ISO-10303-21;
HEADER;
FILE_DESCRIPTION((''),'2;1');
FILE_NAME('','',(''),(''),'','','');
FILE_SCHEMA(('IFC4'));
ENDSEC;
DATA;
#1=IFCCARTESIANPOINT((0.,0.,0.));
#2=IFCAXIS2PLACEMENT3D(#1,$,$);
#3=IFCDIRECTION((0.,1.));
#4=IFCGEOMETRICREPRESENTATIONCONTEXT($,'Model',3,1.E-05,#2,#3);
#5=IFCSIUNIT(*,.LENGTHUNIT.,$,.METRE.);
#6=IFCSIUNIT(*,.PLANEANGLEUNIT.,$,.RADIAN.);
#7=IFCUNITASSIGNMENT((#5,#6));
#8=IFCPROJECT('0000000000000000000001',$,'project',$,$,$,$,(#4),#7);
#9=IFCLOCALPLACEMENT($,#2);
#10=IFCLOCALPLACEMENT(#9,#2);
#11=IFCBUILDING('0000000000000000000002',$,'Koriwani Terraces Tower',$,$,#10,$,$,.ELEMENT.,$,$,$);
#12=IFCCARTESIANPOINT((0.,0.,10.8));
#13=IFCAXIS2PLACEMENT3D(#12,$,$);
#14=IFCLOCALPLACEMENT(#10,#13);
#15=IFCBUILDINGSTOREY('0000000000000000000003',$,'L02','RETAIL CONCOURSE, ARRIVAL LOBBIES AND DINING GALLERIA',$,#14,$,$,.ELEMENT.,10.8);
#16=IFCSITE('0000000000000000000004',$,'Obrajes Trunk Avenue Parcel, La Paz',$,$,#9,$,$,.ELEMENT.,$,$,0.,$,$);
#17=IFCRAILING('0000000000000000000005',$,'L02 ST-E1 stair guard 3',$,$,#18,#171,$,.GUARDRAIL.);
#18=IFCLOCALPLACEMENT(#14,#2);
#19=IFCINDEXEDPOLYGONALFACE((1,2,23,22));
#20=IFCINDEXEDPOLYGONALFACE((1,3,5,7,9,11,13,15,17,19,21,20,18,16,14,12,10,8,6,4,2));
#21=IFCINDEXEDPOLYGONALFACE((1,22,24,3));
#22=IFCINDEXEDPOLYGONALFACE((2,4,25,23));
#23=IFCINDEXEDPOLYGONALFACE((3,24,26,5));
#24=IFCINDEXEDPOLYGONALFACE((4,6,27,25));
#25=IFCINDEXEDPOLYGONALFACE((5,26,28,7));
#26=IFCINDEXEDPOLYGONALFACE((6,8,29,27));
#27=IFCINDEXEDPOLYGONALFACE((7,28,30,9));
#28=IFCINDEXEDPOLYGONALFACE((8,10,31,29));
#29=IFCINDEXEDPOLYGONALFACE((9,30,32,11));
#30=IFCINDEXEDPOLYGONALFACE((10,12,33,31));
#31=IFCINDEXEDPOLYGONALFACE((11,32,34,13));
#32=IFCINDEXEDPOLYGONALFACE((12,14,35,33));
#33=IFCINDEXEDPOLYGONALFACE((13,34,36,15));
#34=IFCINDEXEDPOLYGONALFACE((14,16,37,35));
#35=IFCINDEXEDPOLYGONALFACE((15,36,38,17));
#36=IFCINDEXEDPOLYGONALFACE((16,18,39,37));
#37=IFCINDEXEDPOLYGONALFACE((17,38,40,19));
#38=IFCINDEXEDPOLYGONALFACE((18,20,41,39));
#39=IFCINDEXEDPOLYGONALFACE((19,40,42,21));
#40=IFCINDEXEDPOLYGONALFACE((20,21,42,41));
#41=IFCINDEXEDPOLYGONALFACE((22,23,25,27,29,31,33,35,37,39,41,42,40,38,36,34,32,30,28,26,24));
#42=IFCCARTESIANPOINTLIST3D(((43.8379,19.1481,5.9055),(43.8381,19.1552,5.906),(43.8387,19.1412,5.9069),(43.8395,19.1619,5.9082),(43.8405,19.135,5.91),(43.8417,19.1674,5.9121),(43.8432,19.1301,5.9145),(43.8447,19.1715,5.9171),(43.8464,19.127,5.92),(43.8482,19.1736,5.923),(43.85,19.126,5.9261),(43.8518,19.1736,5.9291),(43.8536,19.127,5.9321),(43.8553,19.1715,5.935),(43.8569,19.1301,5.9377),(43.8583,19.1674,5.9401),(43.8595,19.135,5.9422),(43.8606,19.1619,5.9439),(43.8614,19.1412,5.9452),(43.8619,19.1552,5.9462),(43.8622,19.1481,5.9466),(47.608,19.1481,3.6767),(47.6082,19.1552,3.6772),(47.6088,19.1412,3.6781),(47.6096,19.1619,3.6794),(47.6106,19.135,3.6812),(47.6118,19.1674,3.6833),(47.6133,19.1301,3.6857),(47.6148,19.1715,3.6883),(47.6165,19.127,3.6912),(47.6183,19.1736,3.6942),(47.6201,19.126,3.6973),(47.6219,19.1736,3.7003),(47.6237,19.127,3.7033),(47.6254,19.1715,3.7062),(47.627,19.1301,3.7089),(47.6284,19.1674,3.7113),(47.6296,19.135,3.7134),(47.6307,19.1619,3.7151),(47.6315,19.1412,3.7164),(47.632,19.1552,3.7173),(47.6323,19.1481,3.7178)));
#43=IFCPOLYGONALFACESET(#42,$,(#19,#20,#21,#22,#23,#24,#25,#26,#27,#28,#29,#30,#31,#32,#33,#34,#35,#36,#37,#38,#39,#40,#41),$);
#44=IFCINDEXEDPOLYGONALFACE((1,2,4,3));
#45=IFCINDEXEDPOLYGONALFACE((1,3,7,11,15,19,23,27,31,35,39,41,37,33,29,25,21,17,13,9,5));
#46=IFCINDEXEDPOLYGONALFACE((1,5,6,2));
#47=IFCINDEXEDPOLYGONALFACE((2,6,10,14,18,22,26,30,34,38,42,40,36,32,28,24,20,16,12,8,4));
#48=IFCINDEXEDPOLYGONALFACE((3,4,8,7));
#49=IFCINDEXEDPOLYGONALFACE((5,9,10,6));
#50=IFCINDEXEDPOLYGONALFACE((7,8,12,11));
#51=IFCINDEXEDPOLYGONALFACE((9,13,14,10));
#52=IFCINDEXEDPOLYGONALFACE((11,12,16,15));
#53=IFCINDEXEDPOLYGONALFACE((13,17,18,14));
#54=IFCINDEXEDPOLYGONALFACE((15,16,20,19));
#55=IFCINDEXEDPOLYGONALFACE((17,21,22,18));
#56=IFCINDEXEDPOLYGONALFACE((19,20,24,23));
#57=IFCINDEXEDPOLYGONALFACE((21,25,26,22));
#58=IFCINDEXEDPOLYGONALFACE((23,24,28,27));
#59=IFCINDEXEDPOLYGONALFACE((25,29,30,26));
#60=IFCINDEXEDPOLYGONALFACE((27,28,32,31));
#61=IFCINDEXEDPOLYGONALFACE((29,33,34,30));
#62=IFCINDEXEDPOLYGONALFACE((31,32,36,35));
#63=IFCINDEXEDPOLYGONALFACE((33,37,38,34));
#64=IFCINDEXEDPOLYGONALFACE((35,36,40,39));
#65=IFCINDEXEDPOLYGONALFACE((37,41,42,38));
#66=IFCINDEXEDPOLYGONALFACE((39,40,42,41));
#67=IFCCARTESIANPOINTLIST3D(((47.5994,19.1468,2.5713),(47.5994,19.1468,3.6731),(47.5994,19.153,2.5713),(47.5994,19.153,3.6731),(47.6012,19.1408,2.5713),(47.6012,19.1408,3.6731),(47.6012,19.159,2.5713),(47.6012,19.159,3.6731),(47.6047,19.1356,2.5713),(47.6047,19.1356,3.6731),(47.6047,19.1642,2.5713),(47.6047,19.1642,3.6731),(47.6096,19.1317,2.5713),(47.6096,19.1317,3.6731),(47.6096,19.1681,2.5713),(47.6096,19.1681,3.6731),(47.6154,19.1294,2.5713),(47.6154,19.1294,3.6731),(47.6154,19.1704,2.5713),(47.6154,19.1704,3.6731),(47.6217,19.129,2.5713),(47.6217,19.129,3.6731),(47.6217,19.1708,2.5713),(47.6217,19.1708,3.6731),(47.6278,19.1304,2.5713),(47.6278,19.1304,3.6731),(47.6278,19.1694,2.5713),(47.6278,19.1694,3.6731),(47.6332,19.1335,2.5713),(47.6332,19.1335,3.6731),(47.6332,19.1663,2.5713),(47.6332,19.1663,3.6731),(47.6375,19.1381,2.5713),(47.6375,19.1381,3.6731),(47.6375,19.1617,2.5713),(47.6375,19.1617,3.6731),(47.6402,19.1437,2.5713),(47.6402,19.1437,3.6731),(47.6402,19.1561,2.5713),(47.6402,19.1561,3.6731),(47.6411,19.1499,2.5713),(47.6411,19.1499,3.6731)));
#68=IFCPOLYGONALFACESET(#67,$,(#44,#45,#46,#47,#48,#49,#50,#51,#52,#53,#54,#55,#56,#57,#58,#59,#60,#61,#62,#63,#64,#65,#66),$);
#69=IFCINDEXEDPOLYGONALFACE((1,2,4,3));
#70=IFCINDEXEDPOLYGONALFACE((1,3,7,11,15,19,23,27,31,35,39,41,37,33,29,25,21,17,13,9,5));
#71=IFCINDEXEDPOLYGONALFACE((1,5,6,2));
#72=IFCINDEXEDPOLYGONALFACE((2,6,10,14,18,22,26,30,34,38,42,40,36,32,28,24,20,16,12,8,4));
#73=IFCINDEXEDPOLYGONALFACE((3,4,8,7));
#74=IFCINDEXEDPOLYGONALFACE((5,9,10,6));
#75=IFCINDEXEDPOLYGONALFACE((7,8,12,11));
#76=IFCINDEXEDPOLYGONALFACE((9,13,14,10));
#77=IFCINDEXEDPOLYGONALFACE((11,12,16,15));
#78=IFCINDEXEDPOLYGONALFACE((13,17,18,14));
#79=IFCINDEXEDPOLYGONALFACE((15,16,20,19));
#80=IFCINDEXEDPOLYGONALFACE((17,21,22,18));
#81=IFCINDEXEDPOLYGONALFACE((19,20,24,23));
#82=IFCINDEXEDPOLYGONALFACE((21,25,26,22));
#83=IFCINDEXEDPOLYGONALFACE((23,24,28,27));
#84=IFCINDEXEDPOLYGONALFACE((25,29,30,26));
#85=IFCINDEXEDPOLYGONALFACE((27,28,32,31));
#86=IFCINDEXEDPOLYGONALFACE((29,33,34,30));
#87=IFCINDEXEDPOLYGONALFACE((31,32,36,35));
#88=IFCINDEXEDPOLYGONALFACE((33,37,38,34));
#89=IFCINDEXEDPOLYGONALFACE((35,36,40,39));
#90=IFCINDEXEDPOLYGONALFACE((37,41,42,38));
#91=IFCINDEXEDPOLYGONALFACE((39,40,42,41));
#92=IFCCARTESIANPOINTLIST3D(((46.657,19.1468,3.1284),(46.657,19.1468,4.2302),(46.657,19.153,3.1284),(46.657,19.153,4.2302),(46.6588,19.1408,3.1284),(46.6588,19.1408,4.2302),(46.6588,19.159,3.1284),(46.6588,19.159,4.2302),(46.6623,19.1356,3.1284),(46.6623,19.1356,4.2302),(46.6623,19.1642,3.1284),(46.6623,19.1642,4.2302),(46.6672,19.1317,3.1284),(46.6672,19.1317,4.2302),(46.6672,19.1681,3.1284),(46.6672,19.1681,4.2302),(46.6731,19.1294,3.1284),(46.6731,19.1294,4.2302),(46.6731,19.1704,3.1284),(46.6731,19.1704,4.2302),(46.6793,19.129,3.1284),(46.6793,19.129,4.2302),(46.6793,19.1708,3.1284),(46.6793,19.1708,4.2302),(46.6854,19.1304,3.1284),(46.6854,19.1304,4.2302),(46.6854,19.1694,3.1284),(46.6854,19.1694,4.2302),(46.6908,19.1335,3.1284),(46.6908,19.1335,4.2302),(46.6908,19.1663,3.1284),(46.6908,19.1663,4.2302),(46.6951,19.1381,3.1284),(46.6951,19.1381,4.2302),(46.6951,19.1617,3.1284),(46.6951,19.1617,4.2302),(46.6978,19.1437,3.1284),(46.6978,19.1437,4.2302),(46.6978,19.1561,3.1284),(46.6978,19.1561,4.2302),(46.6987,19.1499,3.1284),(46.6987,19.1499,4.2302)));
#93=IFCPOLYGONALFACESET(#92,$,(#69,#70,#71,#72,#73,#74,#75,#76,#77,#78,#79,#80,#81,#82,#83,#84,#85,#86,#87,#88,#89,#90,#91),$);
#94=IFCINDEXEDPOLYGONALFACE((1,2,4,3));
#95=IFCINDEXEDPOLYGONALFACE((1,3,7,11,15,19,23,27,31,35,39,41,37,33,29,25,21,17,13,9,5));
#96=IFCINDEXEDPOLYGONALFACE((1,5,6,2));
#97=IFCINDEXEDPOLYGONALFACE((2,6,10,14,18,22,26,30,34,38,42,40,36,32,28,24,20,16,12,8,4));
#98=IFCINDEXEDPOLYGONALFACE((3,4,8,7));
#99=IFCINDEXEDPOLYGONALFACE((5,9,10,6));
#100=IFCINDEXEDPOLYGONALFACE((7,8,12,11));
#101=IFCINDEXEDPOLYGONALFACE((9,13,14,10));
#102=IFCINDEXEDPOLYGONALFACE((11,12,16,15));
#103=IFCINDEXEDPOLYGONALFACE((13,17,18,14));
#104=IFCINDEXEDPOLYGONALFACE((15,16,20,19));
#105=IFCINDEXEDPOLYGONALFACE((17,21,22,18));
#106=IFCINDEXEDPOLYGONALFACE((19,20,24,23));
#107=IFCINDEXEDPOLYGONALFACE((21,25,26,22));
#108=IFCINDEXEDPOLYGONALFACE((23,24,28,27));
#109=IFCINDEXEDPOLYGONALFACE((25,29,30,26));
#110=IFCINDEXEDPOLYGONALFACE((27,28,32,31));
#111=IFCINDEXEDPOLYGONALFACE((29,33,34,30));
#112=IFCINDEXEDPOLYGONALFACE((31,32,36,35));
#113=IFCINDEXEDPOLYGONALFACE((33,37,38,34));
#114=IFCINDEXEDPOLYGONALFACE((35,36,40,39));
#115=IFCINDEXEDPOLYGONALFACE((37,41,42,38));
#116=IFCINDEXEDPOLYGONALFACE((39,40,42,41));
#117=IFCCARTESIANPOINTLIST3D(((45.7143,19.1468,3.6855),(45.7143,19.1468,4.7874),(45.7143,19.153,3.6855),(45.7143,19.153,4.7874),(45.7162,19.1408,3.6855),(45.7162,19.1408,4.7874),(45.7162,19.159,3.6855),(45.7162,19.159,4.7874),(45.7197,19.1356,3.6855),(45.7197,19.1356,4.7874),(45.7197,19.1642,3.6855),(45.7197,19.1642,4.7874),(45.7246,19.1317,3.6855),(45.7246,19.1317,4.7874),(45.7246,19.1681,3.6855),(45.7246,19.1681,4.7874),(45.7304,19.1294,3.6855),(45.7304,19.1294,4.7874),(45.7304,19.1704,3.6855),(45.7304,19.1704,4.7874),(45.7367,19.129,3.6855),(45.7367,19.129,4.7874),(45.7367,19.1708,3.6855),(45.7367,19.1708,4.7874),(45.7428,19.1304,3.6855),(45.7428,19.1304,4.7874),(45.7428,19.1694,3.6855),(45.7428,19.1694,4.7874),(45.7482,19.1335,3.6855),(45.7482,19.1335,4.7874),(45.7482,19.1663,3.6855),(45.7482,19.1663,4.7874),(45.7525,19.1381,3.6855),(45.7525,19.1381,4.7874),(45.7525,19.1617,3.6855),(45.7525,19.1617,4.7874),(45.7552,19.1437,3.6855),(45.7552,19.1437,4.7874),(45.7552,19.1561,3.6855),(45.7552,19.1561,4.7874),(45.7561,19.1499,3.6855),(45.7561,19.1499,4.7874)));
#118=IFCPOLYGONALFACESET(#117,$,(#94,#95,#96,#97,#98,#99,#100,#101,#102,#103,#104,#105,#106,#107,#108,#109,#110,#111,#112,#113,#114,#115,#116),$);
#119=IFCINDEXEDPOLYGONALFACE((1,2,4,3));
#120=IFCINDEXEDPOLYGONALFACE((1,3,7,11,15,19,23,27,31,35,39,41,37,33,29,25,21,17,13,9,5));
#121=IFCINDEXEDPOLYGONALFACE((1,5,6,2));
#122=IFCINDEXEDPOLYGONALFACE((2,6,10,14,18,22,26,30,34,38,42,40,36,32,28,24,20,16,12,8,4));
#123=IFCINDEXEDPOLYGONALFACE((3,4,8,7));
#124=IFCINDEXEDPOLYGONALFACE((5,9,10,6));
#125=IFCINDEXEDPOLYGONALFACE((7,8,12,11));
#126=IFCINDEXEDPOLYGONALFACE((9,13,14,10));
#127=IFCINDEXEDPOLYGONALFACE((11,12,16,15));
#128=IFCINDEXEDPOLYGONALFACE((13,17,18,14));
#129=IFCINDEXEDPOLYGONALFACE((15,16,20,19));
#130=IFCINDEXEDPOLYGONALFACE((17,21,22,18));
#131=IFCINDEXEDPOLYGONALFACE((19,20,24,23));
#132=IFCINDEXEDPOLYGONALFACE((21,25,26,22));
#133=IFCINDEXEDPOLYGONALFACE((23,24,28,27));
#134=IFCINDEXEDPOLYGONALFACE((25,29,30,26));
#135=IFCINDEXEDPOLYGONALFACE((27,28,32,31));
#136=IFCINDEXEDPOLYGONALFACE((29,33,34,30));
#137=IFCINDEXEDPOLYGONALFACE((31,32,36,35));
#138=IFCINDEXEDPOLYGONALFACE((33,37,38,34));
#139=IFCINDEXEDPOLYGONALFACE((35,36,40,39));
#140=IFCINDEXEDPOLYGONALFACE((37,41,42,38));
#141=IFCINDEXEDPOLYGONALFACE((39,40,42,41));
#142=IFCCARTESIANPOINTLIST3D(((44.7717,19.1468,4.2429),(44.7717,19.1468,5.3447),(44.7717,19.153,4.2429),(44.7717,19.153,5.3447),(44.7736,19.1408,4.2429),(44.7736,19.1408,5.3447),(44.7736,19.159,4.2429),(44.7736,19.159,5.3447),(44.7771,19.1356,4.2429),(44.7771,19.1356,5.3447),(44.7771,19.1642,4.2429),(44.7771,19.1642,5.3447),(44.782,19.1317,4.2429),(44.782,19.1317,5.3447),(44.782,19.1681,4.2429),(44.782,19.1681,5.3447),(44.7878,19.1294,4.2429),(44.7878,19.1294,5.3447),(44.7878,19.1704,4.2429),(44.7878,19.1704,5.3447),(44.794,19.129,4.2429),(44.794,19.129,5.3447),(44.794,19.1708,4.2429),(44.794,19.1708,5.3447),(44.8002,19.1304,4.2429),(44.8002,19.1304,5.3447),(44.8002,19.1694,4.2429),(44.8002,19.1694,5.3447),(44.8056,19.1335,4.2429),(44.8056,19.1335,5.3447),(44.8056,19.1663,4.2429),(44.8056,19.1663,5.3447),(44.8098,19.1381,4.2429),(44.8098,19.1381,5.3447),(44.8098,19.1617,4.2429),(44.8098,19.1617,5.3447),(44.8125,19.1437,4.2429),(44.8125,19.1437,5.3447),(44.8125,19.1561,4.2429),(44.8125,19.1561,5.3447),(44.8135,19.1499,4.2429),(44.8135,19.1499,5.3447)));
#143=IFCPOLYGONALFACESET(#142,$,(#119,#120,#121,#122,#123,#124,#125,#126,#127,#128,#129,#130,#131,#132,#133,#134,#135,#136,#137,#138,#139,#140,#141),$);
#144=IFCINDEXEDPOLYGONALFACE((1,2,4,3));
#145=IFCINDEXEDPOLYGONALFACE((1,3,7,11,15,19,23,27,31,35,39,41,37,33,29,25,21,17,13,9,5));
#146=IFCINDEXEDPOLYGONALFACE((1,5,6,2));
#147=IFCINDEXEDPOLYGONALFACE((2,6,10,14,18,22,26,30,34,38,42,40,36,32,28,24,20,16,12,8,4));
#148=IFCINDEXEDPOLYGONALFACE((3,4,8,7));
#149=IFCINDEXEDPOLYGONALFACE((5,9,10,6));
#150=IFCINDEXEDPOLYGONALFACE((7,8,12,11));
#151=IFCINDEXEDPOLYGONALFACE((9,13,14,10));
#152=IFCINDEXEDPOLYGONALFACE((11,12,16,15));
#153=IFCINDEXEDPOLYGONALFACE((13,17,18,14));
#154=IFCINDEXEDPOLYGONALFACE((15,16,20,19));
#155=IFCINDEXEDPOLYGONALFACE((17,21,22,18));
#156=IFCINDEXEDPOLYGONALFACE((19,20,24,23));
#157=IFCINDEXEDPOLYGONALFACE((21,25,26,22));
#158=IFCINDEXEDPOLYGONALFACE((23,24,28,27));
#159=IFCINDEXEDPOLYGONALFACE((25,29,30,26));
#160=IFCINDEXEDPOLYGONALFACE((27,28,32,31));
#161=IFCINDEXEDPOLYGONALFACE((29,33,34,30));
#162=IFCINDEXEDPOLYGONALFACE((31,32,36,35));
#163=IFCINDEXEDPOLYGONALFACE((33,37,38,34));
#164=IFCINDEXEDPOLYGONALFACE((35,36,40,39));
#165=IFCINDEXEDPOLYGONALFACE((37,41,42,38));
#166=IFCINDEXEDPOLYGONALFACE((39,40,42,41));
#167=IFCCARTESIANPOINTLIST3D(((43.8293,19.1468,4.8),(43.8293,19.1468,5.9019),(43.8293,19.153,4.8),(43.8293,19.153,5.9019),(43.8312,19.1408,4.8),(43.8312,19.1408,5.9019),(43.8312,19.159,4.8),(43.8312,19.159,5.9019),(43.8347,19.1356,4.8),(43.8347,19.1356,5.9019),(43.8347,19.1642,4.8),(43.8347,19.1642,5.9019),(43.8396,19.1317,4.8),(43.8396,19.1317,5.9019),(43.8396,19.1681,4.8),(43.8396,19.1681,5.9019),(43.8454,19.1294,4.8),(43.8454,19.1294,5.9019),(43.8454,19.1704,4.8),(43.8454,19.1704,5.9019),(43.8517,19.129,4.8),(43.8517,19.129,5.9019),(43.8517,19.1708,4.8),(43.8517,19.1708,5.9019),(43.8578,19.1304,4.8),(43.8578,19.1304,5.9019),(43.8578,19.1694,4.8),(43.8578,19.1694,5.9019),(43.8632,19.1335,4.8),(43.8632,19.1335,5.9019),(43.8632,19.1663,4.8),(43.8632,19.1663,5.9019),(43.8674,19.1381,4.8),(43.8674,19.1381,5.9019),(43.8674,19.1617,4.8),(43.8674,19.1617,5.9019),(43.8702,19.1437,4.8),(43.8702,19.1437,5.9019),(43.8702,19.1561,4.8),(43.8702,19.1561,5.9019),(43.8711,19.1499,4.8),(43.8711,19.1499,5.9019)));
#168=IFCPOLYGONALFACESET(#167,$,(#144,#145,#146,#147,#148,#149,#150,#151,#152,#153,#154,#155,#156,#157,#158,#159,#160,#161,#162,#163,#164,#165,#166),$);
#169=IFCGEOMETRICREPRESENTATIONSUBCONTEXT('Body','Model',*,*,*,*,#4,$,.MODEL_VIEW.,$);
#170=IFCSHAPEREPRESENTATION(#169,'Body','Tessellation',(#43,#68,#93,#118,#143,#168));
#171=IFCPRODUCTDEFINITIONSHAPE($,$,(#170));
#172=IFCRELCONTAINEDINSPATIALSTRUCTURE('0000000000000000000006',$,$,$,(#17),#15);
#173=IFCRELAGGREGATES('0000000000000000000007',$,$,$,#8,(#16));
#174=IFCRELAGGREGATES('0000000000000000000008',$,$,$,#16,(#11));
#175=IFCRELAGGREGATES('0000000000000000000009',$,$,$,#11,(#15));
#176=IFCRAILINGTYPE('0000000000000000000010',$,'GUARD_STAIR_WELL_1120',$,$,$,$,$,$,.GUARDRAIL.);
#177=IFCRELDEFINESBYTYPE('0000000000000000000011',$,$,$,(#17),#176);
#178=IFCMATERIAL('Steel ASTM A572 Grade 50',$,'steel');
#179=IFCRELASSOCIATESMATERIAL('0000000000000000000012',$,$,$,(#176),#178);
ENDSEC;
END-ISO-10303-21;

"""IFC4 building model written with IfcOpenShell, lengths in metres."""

from ifc_helpers import new_model, si_unit, direction, frame, origin, origin_2d, place, context, subcontext, project, spatial, circle, extrude, material, type_object, element, save


model = new_model("IFC4")

# Units and contexts
model_context = context("Model", 3, precision=1e-05, world=origin(), true_north=direction((0.0, 1.0)))
body_context = subcontext(model_context, "Body", "Model", "MODEL_VIEW")
ifc_project = project(units=[si_unit("LENGTHUNIT", "METRE"), si_unit("PLANEANGLEUNIT", "RADIAN")], contexts=[model_context])

# Site, building, storey
site_placement = place(None, origin())
site = spatial("IfcSite", under=ifc_project, at=site_placement, Name="Obrajes Trunk Avenue Parcel, La Paz", CompositionType="ELEMENT", RefElevation=0.0)
building_placement = place(site_placement, origin())
building = spatial("IfcBuilding", under=site, at=building_placement, Name="Koriwani Terraces Tower", CompositionType="ELEMENT")
storey_placement = place(building_placement, frame((0.0, 0.0, 10.8)))
storey = spatial("IfcBuildingStorey", under=building, at=storey_placement, Name="L02", Description="RETAIL CONCOURSE, ARRIVAL LOBBIES AND DINING GALLERIA", CompositionType="ELEMENT", Elevation=10.8)

# Shared definitions
ifc_material_1 = material(Name="Steel ASTM A572 Grade 50", Category="steel")

# Railing
railing_type_1 = type_object("IfcRailingType", Name="GUARD_STAIR_WELL_1120", PredefinedType="GUARDRAIL", material=ifc_material_1)
railing_1_placement = place(storey_placement, frame((47.6201, 19.1499, 2.5713)))
element("IfcRailing", 1, at=railing_1_placement, inside=storey, type_object=railing_type_1, Name="L02 ST-E1 stair guard 3", PredefinedType="GUARDRAIL", context=body_context, shape_type="SweptSolid", body=[
    extrude(circle(Radius=0.0239, at=origin_2d()), frame((0.0, 0.0, 1.126), z_axis=(-0.860824, 0.0, 0.508902), x_axis=(0.0, -1.0, 0.0)), (0.0, 0.0, 1.0), 4.3796),
    extrude(circle(Radius=0.021, at=origin_2d()), origin(), (0.0, 0.0, 1.0), 1.1018),
    extrude(circle(Radius=0.021, at=origin_2d()), frame((-0.9424, 0.0, 0.5571)), (0.0, 0.0, 1.0), 1.1018),
    extrude(circle(Radius=0.021, at=origin_2d()), frame((-1.885, 0.0, 1.1143)), (0.0, 0.0, 1.0), 1.1018),
    extrude(circle(Radius=0.021, at=origin_2d()), frame((-2.8276, 0.0, 1.6716)), (0.0, 0.0, 1.0), 1.1018),
    extrude(circle(Radius=0.021, at=origin_2d()), frame((-3.77, 0.0, 2.2288)), (0.0, 0.0, 1.0), 1.1018),
])

save(model, "model.ifc")
